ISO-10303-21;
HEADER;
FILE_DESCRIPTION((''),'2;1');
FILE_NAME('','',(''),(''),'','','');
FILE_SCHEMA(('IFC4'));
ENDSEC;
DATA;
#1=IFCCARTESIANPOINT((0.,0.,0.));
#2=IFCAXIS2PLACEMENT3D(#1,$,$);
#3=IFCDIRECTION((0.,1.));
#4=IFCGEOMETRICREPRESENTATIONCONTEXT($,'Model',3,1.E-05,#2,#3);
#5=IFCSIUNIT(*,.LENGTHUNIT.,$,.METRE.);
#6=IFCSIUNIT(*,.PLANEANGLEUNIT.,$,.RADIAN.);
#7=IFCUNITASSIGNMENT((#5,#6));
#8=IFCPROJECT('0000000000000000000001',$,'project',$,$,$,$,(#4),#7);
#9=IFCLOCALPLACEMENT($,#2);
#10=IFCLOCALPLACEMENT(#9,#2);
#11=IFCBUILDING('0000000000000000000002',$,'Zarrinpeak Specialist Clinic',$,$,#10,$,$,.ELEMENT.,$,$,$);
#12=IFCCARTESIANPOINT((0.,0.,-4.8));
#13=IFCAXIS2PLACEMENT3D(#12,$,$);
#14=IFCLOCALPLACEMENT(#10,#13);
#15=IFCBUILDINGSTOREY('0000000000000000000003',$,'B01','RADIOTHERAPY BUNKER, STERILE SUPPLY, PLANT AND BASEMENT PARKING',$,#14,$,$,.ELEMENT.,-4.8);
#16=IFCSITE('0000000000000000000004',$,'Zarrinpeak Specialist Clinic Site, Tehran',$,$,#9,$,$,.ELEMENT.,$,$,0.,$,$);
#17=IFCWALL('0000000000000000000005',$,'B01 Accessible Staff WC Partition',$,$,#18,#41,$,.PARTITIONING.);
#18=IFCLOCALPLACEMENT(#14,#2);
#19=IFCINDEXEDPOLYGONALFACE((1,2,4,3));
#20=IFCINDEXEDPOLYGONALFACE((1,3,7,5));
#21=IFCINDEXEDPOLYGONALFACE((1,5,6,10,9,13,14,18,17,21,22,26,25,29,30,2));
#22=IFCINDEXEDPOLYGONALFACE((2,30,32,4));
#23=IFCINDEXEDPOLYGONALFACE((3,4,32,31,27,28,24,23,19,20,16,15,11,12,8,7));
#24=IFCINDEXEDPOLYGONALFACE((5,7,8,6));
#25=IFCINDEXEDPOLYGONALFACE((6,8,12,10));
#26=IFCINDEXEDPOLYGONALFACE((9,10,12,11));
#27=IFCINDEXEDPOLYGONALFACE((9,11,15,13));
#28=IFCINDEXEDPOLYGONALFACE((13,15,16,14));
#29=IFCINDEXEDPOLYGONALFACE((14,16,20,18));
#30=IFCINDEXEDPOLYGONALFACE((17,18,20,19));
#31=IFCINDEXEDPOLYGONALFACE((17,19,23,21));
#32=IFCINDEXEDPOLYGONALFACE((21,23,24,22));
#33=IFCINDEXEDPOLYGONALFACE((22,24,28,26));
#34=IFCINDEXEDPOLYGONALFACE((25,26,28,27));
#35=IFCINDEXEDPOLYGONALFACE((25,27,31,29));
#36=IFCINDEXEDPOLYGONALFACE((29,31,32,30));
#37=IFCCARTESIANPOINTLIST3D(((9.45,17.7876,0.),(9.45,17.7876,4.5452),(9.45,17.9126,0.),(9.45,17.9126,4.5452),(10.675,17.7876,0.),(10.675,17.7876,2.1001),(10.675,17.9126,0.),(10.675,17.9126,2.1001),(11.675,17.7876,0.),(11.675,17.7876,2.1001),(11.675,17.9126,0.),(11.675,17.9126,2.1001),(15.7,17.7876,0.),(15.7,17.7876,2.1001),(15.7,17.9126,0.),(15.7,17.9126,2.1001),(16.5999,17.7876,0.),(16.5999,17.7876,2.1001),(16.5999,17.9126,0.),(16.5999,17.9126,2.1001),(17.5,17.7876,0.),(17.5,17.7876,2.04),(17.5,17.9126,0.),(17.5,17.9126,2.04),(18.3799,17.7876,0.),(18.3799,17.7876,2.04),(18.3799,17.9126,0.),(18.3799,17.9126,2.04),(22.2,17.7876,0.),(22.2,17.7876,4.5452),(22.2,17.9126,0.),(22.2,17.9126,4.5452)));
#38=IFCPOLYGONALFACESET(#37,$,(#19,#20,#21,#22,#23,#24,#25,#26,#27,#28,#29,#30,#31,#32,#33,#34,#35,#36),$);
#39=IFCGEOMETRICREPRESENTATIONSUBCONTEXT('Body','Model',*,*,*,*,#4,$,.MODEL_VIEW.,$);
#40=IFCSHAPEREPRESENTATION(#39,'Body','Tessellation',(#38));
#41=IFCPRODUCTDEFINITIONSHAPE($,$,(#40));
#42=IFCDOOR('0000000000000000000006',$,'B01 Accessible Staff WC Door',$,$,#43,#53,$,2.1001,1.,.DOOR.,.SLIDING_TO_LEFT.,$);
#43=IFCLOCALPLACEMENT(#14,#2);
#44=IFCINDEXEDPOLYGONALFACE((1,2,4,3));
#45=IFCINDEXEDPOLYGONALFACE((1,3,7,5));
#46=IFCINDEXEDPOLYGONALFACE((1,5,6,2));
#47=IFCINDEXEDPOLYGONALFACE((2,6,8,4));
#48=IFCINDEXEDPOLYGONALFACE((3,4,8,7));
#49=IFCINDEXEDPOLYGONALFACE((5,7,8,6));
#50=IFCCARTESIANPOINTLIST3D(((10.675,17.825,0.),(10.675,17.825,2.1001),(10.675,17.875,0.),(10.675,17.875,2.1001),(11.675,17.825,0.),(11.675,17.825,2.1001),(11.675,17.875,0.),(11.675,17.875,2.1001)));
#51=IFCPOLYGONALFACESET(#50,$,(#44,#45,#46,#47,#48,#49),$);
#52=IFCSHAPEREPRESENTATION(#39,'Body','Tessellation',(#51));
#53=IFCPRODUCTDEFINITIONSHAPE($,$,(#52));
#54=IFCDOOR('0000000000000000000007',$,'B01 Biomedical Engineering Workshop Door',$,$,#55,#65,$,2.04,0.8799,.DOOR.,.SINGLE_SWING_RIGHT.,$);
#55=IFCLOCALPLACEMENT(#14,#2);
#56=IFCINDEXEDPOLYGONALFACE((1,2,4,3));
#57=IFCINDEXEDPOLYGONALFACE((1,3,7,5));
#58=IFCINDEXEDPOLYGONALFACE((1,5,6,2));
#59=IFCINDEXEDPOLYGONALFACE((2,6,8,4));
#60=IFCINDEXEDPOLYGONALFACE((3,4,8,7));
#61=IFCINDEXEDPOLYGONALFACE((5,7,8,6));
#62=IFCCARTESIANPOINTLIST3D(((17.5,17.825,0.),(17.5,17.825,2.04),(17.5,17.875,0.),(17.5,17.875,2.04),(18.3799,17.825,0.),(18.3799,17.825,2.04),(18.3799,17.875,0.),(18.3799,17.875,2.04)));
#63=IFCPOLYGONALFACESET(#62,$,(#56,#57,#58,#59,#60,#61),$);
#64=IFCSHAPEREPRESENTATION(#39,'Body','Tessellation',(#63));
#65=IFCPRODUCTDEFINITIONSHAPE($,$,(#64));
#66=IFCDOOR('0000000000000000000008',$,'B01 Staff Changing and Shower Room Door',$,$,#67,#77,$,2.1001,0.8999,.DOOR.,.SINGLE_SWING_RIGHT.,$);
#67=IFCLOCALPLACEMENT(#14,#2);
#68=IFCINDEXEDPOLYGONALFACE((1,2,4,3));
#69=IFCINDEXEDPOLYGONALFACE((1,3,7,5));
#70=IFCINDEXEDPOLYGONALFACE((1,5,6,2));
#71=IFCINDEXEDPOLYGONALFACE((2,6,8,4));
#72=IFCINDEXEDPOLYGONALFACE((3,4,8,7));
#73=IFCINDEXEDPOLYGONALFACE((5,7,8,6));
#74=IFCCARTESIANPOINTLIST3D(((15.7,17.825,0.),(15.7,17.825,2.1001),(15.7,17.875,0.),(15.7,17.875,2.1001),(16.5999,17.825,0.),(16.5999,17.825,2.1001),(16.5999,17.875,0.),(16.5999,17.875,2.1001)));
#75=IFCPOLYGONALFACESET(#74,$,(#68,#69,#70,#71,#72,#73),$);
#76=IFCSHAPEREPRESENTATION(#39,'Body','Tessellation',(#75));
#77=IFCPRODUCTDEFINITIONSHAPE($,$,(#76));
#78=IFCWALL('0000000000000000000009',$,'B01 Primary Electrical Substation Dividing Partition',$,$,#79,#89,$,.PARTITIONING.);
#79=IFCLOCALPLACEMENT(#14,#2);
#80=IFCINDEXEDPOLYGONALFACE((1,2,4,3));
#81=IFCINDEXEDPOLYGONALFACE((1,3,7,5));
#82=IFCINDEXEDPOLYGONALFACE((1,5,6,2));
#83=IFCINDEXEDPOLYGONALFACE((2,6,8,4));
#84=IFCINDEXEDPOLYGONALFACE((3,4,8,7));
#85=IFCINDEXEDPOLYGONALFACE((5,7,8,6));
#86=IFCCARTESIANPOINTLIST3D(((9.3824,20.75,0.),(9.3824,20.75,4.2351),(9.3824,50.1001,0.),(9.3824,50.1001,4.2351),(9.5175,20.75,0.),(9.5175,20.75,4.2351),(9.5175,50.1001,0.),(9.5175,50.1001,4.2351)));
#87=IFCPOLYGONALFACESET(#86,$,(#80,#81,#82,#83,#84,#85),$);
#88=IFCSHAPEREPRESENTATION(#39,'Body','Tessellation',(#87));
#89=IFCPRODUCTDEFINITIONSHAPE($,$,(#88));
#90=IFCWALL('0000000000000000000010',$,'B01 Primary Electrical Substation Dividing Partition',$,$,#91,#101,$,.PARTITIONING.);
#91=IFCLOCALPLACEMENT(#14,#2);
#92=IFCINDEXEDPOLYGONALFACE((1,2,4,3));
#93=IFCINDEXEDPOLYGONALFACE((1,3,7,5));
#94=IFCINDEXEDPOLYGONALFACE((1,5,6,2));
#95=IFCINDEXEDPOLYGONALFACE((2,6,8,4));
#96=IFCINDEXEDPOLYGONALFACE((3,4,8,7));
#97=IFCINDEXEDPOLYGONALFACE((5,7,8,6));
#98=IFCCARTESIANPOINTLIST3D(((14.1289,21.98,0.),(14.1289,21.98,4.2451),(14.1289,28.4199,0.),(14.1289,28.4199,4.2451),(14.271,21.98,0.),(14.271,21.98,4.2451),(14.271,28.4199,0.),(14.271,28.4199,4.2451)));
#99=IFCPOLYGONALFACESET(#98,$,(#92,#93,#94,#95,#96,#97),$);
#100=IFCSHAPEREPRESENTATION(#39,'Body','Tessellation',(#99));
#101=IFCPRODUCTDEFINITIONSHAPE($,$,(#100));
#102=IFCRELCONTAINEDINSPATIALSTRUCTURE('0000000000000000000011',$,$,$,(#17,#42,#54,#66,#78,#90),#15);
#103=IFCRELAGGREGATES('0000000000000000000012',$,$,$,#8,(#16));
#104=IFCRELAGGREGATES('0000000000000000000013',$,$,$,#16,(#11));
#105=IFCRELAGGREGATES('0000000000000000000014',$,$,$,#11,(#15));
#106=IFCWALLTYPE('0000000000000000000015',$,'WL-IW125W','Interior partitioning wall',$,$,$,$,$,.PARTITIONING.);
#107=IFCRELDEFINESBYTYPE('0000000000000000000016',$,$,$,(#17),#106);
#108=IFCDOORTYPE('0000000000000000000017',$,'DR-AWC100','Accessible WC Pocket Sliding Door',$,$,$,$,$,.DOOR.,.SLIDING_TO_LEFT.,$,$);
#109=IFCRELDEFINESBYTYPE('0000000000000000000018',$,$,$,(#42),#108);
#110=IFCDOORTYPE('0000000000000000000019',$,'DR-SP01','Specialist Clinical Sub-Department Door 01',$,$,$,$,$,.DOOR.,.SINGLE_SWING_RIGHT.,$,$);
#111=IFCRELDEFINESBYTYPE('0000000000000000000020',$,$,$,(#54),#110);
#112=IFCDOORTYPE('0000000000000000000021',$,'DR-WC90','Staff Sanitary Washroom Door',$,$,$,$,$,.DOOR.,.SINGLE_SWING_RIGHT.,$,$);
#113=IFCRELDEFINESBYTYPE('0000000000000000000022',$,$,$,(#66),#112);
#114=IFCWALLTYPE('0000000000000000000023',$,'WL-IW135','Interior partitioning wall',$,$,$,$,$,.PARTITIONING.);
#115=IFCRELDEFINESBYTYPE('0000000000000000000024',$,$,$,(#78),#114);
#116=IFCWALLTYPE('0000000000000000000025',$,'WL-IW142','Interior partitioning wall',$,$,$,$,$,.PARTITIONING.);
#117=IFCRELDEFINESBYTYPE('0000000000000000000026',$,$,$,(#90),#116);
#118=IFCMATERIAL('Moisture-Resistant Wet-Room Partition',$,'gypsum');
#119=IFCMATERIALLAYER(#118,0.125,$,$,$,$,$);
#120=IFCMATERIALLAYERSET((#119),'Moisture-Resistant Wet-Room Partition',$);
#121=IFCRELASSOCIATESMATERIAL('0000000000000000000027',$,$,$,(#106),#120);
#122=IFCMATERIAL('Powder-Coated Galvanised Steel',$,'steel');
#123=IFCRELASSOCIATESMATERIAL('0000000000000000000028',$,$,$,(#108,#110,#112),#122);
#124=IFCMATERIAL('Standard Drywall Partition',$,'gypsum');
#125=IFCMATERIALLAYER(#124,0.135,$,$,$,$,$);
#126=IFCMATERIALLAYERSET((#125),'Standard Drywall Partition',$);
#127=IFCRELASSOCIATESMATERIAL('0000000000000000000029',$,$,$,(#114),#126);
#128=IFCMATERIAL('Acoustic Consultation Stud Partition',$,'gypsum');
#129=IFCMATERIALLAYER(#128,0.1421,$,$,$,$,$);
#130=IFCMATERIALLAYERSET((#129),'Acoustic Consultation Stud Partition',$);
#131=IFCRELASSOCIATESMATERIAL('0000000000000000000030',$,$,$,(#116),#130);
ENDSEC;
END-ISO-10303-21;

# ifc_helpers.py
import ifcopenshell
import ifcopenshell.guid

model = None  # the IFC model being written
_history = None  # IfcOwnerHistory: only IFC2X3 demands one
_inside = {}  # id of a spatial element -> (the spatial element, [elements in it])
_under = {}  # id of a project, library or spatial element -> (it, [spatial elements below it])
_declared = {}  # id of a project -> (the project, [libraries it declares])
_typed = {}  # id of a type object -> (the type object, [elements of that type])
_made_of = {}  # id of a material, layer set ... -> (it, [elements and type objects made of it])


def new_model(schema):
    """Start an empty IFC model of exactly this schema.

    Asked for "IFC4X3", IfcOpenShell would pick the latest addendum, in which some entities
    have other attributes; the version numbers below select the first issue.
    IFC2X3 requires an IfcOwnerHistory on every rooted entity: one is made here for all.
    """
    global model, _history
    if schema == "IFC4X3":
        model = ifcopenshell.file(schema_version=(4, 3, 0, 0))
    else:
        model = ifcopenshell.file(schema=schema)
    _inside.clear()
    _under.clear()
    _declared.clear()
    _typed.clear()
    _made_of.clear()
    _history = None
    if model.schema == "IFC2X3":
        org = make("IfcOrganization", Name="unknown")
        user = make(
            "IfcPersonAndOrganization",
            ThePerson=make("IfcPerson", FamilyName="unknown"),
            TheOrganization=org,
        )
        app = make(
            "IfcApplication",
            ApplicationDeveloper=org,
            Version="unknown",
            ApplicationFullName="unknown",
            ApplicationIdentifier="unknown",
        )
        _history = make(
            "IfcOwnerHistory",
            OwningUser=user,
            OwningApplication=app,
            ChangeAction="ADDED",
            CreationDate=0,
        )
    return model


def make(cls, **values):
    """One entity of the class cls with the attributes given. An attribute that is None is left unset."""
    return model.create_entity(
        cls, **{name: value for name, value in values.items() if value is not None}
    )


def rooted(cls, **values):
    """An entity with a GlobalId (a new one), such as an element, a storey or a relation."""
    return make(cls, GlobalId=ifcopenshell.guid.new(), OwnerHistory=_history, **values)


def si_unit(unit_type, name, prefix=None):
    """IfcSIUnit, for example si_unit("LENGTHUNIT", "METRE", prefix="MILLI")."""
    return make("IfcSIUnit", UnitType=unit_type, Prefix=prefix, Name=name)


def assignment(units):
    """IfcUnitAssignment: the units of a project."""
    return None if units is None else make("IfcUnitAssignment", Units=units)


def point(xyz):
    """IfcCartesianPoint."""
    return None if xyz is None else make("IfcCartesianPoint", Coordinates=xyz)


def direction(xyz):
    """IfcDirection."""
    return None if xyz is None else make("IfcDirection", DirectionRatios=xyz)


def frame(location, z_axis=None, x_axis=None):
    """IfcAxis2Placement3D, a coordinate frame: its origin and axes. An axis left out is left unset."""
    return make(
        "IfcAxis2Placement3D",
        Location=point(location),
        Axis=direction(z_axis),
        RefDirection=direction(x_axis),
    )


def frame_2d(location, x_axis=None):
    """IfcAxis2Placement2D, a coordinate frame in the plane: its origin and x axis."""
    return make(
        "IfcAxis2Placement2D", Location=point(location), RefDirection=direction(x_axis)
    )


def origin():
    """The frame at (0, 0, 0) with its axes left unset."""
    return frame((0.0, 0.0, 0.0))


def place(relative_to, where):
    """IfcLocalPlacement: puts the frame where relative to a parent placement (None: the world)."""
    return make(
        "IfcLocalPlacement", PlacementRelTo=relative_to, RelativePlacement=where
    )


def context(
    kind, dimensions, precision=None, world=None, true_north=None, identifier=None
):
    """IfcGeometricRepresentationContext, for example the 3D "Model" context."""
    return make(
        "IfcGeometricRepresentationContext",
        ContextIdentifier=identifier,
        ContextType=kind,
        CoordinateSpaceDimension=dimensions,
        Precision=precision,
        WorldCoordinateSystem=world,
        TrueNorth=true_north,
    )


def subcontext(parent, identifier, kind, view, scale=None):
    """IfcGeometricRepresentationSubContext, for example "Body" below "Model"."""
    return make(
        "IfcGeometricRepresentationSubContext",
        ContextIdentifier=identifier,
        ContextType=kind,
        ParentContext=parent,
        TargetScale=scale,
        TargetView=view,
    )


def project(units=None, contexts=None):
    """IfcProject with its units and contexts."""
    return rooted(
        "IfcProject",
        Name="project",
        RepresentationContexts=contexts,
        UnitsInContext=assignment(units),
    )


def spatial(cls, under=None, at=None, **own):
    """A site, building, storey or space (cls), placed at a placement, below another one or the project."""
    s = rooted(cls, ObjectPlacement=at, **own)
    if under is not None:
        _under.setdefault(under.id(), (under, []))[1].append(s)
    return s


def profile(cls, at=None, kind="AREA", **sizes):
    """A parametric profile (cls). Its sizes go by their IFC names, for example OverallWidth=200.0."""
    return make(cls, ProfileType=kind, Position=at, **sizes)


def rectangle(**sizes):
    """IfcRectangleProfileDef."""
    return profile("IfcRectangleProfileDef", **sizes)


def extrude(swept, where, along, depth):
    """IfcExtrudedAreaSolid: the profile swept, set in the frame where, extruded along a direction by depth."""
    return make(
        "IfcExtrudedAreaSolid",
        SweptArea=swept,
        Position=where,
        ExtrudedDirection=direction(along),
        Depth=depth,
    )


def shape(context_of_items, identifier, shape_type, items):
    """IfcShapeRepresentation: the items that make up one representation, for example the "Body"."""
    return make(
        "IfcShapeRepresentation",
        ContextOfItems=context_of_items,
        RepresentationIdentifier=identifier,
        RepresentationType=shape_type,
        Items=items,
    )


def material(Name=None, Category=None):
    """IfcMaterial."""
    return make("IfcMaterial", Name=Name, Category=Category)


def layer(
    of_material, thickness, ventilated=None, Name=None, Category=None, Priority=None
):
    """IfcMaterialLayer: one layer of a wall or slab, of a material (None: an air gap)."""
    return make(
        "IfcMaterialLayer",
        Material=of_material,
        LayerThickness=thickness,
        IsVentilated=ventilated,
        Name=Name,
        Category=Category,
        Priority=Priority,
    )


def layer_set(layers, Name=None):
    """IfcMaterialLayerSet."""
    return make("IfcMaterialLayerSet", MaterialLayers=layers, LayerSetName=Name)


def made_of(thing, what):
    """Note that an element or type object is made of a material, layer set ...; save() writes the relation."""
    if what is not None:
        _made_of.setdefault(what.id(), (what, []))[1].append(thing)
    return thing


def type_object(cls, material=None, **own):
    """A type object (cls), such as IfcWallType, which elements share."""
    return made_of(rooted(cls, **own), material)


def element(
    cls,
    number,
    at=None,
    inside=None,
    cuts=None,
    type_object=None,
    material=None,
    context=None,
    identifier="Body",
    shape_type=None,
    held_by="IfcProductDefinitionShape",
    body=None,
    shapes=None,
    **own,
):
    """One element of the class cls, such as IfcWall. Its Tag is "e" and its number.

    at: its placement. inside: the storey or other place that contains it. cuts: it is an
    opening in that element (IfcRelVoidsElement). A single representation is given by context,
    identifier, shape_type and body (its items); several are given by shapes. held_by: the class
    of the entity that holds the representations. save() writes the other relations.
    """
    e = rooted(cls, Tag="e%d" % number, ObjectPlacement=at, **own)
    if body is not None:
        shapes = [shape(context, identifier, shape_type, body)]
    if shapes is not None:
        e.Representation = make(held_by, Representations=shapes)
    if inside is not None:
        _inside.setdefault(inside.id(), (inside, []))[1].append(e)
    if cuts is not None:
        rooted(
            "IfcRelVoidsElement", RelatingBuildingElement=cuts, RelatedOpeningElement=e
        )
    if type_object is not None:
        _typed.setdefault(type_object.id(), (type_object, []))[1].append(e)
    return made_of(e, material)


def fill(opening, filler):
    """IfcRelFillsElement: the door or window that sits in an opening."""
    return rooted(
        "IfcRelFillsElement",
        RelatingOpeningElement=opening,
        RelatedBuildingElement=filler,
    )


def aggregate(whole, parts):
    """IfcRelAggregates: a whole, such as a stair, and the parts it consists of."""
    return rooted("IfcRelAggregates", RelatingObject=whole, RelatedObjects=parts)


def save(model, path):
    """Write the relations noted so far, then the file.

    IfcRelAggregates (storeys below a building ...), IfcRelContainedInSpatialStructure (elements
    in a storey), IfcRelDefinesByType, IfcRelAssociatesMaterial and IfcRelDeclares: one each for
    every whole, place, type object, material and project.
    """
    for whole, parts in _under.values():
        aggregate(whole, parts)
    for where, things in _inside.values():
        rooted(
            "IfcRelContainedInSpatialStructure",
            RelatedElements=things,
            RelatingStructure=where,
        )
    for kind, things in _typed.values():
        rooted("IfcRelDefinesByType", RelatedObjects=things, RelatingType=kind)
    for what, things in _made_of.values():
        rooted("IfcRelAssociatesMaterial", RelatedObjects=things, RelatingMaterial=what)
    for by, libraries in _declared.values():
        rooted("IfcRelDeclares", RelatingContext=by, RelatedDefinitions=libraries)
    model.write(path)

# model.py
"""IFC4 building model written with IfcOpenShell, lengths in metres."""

from ifc_helpers import new_model, si_unit, direction, frame, frame_2d, origin, place, context, subcontext, project, spatial, rectangle, extrude, material, layer, layer_set, type_object, element, fill, save


model = new_model("IFC4")

# Units and contexts
model_context = context("Model", 3, precision=1e-05, world=origin(), true_north=direction((0.0, 1.0)))
body_context = subcontext(model_context, "Body", "Model", "MODEL_VIEW")
ifc_project = project(units=[si_unit("LENGTHUNIT", "METRE"), si_unit("PLANEANGLEUNIT", "RADIAN")], contexts=[model_context])

# Site, building, storey
site_placement = place(None, origin())
site = spatial("IfcSite", under=ifc_project, at=site_placement, Name="Zarrinpeak Specialist Clinic Site, Tehran", CompositionType="ELEMENT", RefElevation=0.0)
building_placement = place(site_placement, origin())
building = spatial("IfcBuilding", under=site, at=building_placement, Name="Zarrinpeak Specialist Clinic", CompositionType="ELEMENT")
storey_placement = place(building_placement, frame((0.0, 0.0, -4.8)))
storey = spatial("IfcBuildingStorey", under=building, at=storey_placement, Name="B01", Description="RADIOTHERAPY BUNKER, STERILE SUPPLY, PLANT AND BASEMENT PARKING", CompositionType="ELEMENT", Elevation=-4.8)

# Wall, openings, doors
ifc_material_1 = material(Name="Moisture-Resistant Wet-Room Partition", Category="gypsum")
ifc_layer_1 = layer(ifc_material_1, 0.125)
ifc_layer_set_1 = layer_set([ifc_layer_1], Name="Moisture-Resistant Wet-Room Partition")
wall_type_1 = type_object("IfcWallType", Name="WL-IW125W", Description="Interior partitioning wall", PredefinedType="PARTITIONING", material=ifc_layer_set_1)
wall_1_placement = place(storey_placement, frame((9.45, 17.8501, 0.0), z_axis=(0.0, 0.0, 1.0), x_axis=(1.0, 0.0, 0.0)))
wall_1 = element("IfcWall", 1, at=wall_1_placement, inside=storey, type_object=wall_type_1, Name="B01 Accessible Staff WC Partition", PredefinedType="PARTITIONING", context=body_context, shape_type="SweptSolid", body=[
    extrude(rectangle(XDim=12.75, YDim=0.125, at=frame_2d((6.375, 0.0))), origin(), (0.0, 0.0, 1.0), 4.5452),
])
opening_1_placement = place(wall_1_placement, frame((1.2251, 0.0, 0.0)))
opening_1 = element("IfcOpeningElement", 2, at=opening_1_placement, cuts=wall_1, PredefinedType="OPENING", context=body_context, shape_type="SweptSolid", body=[
    extrude(rectangle(XDim=1.0, YDim=2.1001, at=frame_2d((0.5, 1.05))), frame((0.0, 0.0725, 0.0), z_axis=(0.0, -1.0, 0.0), x_axis=(1.0, 0.0, 0.0)), (0.0, 0.0, 1.0), 0.145),
])
opening_2_placement = place(wall_1_placement, frame((6.25, 0.0, 0.0)))
opening_2 = element("IfcOpeningElement", 3, at=opening_2_placement, cuts=wall_1, PredefinedType="OPENING", context=body_context, shape_type="SweptSolid", body=[
    extrude(rectangle(XDim=0.8999, YDim=2.1001, at=frame_2d((0.45, 1.05))), frame((0.0, 0.0725, 0.0), z_axis=(0.0, -1.0, 0.0), x_axis=(1.0, 0.0, 0.0)), (0.0, 0.0, 1.0), 0.145),
])
opening_3_placement = place(wall_1_placement, frame((8.05, 0.0, 0.0)))
opening_3 = element("IfcOpeningElement", 4, at=opening_3_placement, cuts=wall_1, PredefinedType="OPENING", context=body_context, shape_type="SweptSolid", body=[
    extrude(rectangle(XDim=0.8799, YDim=2.04, at=frame_2d((0.4399, 1.02))), frame((0.0, 0.0725, 0.0), z_axis=(0.0, -1.0, 0.0), x_axis=(1.0, 0.0, 0.0)), (0.0, 0.0, 1.0), 0.145),
])
ifc_material_2 = material(Name="Powder-Coated Galvanised Steel", Category="steel")
door_type_1 = type_object("IfcDoorType", Name="DR-AWC100", Description="Accessible WC Pocket Sliding Door", OperationType="SLIDING_TO_LEFT", PredefinedType="DOOR", material=ifc_material_2)
door_1_placement = place(opening_1_placement, origin())
door_1 = element("IfcDoor", 5, at=door_1_placement, inside=storey, type_object=door_type_1, Name="B01 Accessible Staff WC Door", OperationType="SLIDING_TO_LEFT", OverallHeight=2.1001, OverallWidth=1.0, PredefinedType="DOOR", context=body_context, shape_type="SweptSolid", body=[
    extrude(rectangle(XDim=1.0, YDim=2.1001, at=frame_2d((0.5, 1.05))), frame((0.0, 0.0249, 0.0), z_axis=(0.0, -1.0, 0.0), x_axis=(1.0, 0.0, 0.0)), (0.0, 0.0, 1.0), 0.05),
])
fill(opening_1, door_1)
door_type_2 = type_object("IfcDoorType", Name="DR-SP01", Description="Specialist Clinical Sub-Department Door 01", OperationType="SINGLE_SWING_RIGHT", PredefinedType="DOOR", material=ifc_material_2)
door_2_placement = place(opening_3_placement, origin())
door_2 = element("IfcDoor", 6, at=door_2_placement, inside=storey, type_object=door_type_2, Name="B01 Biomedical Engineering Workshop Door", OperationType="SINGLE_SWING_RIGHT", OverallHeight=2.04, OverallWidth=0.8799, PredefinedType="DOOR", context=body_context, shape_type="SweptSolid", body=[
    extrude(rectangle(XDim=0.8799, YDim=2.04, at=frame_2d((0.4399, 1.02))), frame((0.0, 0.0249, 0.0), z_axis=(0.0, -1.0, 0.0), x_axis=(1.0, 0.0, 0.0)), (0.0, 0.0, 1.0), 0.05),
])
fill(opening_3, door_2)
door_type_3 = type_object("IfcDoorType", Name="DR-WC90", Description="Staff Sanitary Washroom Door", OperationType="SINGLE_SWING_RIGHT", PredefinedType="DOOR", material=ifc_material_2)
door_3_placement = place(opening_2_placement, origin())
door_3 = element("IfcDoor", 7, at=door_3_placement, inside=storey, type_object=door_type_3, Name="B01 Staff Changing and Shower Room Door", OperationType="SINGLE_SWING_RIGHT", OverallHeight=2.1001, OverallWidth=0.8999, PredefinedType="DOOR", context=body_context, shape_type="SweptSolid", body=[
    extrude(rectangle(XDim=0.8999, YDim=2.1001, at=frame_2d((0.45, 1.05))), frame((0.0, 0.0249, 0.0), z_axis=(0.0, -1.0, 0.0), x_axis=(1.0, 0.0, 0.0)), (0.0, 0.0, 1.0), 0.05),
])
fill(opening_2, door_3)

# Walls
ifc_material_3 = material(Name="Standard Drywall Partition", Category="gypsum")
ifc_layer_2 = layer(ifc_material_3, 0.135)
ifc_layer_set_2 = layer_set([ifc_layer_2], Name="Standard Drywall Partition")
wall_type_2 = type_object("IfcWallType", Name="WL-IW135", Description="Interior partitioning wall", PredefinedType="PARTITIONING", material=ifc_layer_set_2)
wall_2_placement = place(storey_placement, frame((9.45, 20.75, 0.0), z_axis=(0.0, 0.0, 1.0), x_axis=(0.0, 1.0, 0.0)))
element("IfcWall", 8, at=wall_2_placement, inside=storey, type_object=wall_type_2, Name="B01 Primary Electrical Substation Dividing Partition", PredefinedType="PARTITIONING", context=body_context, shape_type="SweptSolid", body=[
    extrude(rectangle(XDim=29.3501, YDim=0.135, at=frame_2d((14.675, 0.0))), origin(), (0.0, 0.0, 1.0), 4.2351),
])
ifc_material_4 = material(Name="Acoustic Consultation Stud Partition", Category="gypsum")
ifc_layer_3 = layer(ifc_material_4, 0.1421)
ifc_layer_set_3 = layer_set([ifc_layer_3], Name="Acoustic Consultation Stud Partition")
wall_type_3 = type_object("IfcWallType", Name="WL-IW142", Description="Interior partitioning wall", PredefinedType="PARTITIONING", material=ifc_layer_set_3)
wall_3_placement = place(storey_placement, frame((14.2, 21.98, 0.0), z_axis=(0.0, 0.0, 1.0), x_axis=(0.0, 1.0, 0.0)))
element("IfcWall", 9, at=wall_3_placement, inside=storey, type_object=wall_type_3, Name="B01 Primary Electrical Substation Dividing Partition", PredefinedType="PARTITIONING", context=body_context, shape_type="SweptSolid", body=[
    extrude(rectangle(XDim=6.4399, YDim=0.1421, at=frame_2d((3.22, 0.0))), origin(), (0.0, 0.0, 1.0), 4.2451),
])

save(model, "model.ifc")
